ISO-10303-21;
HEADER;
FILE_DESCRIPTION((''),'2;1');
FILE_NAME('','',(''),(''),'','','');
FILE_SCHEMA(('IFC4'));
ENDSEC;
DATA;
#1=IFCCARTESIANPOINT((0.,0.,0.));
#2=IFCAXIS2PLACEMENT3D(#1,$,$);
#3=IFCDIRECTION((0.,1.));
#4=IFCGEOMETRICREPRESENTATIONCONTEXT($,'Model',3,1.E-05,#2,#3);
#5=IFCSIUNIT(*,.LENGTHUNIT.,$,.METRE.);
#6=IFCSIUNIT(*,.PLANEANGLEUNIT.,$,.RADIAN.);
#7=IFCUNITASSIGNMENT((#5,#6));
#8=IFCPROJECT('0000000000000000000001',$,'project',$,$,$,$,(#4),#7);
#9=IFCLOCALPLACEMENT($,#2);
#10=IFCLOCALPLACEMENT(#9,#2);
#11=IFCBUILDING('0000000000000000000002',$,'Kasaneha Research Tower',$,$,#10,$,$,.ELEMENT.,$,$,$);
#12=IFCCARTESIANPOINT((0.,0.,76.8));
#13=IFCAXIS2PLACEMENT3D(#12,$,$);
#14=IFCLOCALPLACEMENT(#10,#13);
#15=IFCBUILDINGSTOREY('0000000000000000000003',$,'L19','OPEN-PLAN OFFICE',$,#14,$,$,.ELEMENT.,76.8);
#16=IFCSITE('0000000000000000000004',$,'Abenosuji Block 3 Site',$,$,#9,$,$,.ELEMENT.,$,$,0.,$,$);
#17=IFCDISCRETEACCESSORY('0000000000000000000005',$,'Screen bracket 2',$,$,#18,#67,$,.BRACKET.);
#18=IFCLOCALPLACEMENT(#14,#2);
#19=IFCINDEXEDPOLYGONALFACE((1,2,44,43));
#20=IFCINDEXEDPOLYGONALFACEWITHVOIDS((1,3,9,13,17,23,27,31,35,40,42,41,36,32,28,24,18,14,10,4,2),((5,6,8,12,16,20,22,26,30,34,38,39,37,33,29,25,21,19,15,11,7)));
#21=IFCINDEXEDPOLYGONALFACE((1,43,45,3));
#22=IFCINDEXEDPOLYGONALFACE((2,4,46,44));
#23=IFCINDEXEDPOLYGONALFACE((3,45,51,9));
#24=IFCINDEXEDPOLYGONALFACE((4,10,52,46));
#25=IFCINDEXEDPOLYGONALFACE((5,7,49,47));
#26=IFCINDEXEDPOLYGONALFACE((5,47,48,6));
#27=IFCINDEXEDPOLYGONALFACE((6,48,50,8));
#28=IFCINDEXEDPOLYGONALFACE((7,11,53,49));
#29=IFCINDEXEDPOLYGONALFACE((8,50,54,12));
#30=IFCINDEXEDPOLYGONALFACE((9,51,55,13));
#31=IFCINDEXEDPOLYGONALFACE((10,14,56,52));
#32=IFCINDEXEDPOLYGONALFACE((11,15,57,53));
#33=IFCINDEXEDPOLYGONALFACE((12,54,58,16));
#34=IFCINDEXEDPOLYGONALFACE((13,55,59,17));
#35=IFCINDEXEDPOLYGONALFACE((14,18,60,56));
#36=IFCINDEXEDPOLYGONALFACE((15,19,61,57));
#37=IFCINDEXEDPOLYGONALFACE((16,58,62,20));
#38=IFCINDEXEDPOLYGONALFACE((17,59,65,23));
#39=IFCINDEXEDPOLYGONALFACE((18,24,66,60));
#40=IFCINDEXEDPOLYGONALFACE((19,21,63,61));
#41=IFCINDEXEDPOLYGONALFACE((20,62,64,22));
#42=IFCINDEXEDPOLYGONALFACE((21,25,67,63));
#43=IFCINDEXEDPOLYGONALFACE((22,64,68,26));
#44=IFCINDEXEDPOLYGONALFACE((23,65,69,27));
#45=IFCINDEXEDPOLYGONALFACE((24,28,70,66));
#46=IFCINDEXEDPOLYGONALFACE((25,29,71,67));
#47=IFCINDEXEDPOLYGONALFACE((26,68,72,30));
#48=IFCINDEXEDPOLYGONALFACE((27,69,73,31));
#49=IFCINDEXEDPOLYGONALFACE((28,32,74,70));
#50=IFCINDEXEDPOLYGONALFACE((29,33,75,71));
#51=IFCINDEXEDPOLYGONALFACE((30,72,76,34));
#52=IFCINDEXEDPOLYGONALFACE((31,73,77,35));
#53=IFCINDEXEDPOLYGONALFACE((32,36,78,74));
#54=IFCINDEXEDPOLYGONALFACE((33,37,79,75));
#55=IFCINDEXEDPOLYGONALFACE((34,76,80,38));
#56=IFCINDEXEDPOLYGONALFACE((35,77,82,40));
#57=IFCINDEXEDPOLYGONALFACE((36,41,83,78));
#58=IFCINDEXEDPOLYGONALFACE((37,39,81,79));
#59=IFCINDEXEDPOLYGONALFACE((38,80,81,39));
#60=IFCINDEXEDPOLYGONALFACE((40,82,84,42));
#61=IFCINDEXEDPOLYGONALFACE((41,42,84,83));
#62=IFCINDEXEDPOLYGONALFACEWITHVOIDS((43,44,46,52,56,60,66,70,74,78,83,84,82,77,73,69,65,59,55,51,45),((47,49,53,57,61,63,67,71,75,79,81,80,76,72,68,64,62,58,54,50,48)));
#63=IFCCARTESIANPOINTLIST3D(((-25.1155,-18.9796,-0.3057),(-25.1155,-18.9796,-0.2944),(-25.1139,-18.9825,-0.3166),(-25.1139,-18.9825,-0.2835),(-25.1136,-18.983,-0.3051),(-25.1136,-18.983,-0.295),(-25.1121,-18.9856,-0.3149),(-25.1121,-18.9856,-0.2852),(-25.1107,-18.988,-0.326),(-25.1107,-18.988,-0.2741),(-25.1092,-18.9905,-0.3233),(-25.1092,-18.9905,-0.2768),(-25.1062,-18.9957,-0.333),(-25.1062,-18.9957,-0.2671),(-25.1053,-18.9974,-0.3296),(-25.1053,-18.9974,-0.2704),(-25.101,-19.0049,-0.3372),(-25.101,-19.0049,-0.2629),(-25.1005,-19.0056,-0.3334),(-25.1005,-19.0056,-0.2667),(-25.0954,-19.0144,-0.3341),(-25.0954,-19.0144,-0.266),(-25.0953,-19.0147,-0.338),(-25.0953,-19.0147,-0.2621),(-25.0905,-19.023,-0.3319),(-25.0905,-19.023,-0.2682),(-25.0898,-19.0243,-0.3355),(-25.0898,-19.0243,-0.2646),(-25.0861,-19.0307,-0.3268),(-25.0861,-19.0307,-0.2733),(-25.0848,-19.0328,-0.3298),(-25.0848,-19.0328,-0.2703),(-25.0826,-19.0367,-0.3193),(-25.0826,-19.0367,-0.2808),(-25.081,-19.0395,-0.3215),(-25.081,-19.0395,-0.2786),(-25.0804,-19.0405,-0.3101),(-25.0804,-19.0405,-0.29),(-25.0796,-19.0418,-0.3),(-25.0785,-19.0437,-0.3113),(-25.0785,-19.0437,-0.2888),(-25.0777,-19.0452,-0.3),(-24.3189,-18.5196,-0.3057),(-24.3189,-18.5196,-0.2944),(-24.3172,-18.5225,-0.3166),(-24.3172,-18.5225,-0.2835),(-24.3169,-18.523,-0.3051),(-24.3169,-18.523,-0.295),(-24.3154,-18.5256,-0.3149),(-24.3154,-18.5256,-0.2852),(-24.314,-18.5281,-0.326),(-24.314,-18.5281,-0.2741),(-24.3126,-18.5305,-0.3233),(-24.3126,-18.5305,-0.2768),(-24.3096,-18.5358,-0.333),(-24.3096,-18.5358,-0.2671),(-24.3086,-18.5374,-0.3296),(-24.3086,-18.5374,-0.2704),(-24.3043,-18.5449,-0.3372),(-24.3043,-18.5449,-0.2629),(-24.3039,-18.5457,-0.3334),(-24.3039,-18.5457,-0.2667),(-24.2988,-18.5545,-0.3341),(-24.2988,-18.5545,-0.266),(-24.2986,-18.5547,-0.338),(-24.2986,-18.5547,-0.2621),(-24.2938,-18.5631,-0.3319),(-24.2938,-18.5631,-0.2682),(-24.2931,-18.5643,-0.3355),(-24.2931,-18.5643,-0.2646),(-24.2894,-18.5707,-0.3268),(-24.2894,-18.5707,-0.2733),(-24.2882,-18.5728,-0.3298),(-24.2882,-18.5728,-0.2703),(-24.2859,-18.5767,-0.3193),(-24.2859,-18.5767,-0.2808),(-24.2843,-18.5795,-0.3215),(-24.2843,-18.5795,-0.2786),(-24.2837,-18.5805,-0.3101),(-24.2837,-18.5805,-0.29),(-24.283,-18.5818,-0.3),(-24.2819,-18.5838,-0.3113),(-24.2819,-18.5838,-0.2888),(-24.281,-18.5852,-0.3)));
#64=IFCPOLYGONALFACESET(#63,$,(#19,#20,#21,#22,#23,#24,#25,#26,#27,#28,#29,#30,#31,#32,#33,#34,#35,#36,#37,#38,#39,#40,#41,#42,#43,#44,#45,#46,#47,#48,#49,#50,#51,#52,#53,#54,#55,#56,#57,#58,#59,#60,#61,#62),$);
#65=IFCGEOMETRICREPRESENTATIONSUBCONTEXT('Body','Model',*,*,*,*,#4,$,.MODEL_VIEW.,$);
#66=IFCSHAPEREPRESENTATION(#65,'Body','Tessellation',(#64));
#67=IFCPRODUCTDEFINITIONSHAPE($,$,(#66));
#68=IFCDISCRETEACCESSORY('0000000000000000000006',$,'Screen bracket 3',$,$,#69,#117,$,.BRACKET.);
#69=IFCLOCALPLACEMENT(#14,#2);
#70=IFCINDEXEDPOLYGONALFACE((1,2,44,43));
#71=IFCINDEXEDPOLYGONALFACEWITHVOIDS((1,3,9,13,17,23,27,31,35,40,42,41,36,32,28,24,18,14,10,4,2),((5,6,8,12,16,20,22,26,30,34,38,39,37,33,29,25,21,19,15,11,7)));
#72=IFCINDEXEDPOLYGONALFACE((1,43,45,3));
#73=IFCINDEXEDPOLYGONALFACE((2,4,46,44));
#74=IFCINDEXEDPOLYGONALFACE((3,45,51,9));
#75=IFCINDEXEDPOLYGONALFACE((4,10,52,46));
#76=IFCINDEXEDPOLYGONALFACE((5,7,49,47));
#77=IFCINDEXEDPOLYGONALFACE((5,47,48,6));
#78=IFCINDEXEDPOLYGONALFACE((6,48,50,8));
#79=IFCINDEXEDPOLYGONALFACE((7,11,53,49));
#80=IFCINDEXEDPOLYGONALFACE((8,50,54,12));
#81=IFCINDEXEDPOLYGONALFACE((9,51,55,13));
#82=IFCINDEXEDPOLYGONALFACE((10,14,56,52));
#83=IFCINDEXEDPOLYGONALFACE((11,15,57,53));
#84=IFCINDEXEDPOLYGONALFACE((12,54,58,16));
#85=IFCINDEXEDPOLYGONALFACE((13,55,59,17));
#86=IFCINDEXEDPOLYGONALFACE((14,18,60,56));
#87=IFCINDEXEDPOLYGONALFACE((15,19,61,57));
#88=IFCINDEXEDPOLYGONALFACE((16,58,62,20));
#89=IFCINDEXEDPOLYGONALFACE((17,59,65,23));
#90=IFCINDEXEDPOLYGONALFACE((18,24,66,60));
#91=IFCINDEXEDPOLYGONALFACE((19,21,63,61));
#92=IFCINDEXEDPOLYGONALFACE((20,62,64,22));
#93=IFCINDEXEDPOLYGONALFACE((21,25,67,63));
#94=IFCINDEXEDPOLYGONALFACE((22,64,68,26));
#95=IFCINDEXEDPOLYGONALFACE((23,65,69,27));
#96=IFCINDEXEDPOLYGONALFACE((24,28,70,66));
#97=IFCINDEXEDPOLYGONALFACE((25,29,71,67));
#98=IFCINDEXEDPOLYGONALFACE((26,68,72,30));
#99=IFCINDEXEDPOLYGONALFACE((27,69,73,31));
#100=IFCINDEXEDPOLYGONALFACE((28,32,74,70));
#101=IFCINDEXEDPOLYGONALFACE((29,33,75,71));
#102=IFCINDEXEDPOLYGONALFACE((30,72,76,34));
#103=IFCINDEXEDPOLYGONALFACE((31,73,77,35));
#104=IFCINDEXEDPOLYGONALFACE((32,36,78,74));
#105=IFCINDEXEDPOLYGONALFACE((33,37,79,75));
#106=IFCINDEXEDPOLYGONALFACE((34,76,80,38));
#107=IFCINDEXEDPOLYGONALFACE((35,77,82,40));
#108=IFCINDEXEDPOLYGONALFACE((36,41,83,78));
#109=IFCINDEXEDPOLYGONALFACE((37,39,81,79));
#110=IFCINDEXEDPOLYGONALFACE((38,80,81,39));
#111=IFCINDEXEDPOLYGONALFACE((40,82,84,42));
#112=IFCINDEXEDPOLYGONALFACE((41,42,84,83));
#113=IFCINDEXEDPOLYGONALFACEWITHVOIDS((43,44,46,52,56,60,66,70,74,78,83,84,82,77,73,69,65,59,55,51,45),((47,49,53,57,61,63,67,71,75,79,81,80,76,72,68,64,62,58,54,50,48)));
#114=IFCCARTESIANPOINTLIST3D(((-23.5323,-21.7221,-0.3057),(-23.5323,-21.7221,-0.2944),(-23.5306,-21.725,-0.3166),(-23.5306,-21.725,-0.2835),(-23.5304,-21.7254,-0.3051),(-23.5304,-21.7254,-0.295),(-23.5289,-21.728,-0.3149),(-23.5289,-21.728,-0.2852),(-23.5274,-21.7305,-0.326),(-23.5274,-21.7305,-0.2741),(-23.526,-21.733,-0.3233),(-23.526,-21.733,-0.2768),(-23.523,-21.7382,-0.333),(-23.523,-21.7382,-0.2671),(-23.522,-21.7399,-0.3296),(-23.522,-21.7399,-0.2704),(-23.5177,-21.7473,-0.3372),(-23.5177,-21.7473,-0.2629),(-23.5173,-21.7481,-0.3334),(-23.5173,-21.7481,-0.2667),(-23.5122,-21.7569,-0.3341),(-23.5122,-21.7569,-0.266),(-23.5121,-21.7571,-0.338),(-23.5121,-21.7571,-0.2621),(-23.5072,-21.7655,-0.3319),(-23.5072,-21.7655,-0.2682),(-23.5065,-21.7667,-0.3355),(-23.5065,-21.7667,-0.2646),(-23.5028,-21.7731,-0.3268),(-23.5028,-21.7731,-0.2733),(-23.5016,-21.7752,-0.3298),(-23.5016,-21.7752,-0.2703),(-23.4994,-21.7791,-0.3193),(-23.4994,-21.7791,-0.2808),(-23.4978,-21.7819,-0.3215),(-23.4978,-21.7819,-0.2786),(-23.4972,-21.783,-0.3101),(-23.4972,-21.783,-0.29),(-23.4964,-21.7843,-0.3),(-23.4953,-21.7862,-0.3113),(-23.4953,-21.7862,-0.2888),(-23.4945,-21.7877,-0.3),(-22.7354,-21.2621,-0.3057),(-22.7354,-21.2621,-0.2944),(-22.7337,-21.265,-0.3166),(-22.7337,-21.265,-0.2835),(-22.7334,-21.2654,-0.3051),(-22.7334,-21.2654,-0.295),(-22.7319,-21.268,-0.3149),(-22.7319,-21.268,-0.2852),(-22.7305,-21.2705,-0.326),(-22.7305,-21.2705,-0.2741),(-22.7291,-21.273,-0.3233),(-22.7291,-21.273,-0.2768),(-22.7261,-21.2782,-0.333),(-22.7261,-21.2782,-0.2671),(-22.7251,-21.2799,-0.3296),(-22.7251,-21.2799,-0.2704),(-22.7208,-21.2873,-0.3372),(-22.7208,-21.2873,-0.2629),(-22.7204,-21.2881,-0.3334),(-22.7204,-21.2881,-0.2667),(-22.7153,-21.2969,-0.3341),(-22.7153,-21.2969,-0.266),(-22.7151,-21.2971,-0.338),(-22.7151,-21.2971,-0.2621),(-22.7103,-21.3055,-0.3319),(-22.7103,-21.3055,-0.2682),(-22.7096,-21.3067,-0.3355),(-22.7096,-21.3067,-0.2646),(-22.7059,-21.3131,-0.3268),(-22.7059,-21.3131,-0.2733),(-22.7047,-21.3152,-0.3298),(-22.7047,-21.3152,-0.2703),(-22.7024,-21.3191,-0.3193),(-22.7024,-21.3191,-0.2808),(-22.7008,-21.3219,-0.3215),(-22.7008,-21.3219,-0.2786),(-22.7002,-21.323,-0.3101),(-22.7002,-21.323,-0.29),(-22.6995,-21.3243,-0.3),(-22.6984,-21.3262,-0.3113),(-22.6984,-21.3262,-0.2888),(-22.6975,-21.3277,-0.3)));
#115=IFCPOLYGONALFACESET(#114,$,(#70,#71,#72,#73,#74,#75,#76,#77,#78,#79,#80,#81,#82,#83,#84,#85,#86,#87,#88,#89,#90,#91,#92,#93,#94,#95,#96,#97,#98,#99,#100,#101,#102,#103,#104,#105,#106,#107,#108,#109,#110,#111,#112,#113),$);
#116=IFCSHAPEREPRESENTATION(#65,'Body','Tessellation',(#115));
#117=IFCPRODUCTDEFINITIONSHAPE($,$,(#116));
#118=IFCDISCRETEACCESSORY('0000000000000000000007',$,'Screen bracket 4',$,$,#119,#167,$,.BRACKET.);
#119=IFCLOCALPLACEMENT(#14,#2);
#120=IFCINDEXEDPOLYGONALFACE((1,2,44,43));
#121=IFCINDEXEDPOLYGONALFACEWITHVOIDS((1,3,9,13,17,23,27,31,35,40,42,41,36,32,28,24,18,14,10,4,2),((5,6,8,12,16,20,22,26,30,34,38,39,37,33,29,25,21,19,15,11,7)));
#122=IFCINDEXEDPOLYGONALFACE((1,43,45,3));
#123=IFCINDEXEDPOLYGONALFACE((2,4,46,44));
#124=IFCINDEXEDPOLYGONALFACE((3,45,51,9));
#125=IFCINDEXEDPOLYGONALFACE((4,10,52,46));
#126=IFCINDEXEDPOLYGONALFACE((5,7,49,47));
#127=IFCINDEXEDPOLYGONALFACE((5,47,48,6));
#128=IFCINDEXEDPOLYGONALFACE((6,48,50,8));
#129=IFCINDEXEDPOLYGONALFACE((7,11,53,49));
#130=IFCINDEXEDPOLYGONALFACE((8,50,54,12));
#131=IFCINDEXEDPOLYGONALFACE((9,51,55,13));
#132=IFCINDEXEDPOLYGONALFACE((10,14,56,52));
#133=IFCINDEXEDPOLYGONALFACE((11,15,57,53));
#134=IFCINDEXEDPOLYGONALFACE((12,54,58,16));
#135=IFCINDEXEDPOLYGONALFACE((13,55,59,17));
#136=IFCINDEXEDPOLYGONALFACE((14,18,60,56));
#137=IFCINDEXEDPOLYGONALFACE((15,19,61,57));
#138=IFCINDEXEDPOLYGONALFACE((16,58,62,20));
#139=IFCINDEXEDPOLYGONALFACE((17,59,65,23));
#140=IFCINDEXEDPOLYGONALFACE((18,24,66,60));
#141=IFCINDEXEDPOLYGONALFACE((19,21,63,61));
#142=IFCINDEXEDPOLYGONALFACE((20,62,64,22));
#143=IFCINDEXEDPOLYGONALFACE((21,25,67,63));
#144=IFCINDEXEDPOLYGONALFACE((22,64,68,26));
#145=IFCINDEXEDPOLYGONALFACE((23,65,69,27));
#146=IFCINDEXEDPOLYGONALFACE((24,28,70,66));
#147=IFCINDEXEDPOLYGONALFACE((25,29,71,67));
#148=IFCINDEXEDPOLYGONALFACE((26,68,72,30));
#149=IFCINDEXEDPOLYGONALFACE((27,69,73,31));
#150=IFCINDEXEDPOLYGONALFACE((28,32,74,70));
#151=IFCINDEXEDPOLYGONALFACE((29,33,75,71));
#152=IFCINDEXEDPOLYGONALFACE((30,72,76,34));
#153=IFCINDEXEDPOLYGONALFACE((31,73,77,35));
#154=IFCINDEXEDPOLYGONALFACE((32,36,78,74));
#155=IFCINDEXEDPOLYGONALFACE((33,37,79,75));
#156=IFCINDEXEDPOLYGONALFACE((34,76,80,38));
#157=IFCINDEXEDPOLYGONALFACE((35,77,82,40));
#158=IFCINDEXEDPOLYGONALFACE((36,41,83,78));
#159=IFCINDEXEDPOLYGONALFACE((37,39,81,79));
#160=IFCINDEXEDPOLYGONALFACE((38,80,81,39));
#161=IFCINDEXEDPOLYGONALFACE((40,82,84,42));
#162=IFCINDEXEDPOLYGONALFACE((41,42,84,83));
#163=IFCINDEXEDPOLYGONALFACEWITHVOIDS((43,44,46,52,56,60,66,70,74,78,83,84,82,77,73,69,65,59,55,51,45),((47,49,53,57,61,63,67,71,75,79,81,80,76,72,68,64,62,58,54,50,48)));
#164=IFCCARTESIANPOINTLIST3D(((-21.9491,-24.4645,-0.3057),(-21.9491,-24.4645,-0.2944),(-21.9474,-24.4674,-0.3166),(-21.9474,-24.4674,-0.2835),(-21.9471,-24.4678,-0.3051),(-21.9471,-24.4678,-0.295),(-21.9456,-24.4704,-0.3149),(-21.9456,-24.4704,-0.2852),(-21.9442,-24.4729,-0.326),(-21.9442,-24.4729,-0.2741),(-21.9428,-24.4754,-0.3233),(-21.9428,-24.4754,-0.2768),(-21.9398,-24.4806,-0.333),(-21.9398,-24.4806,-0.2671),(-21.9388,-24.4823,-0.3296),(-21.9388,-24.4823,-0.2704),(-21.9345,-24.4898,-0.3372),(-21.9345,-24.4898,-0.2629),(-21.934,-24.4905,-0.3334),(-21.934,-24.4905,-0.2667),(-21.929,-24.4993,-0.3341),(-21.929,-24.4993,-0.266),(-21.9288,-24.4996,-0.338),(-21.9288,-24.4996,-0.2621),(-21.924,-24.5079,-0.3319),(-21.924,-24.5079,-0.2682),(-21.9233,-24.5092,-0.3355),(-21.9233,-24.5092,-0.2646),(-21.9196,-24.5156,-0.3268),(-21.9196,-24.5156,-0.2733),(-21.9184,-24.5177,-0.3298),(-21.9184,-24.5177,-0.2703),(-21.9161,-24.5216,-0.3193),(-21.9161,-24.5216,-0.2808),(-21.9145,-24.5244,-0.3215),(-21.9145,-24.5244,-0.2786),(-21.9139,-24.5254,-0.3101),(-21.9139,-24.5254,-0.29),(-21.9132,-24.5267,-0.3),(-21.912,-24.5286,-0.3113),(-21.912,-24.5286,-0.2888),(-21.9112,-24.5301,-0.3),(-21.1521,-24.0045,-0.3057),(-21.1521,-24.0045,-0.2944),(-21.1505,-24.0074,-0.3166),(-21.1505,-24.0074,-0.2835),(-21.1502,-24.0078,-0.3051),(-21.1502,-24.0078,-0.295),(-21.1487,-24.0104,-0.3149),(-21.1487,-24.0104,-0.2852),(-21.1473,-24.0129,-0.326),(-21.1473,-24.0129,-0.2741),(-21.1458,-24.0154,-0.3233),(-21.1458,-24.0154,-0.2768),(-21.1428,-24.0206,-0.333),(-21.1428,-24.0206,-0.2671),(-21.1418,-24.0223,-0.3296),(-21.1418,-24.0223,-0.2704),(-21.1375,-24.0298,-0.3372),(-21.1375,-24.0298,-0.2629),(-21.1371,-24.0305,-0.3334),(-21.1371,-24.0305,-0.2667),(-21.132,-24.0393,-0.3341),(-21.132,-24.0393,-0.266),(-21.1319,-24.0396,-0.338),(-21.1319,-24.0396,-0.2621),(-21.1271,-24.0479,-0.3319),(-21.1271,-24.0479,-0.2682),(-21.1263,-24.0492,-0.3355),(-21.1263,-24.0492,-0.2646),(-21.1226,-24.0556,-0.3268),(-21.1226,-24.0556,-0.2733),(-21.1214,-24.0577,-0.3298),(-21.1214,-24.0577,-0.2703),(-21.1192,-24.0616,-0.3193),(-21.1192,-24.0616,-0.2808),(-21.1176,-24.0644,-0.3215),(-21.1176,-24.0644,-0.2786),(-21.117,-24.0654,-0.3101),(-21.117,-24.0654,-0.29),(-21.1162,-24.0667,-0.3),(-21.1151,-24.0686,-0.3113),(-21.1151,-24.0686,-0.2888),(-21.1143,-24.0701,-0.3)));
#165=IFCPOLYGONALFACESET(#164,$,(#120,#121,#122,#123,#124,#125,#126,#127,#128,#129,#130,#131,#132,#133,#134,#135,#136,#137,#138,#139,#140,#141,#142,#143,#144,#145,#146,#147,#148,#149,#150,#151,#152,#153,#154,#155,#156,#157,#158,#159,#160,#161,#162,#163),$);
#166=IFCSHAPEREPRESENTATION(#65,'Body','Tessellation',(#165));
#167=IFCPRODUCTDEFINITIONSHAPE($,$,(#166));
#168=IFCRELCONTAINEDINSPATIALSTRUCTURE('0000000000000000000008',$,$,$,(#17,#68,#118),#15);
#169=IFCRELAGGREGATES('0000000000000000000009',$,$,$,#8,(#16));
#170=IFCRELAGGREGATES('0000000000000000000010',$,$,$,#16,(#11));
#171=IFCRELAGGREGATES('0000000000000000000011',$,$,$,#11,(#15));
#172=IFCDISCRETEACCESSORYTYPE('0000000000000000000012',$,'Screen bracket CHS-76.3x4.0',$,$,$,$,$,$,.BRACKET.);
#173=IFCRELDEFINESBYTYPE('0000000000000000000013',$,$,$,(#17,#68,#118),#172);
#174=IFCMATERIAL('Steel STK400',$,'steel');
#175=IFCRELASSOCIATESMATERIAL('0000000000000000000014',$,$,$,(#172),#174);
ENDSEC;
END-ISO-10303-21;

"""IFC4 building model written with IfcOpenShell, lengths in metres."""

from ifc_helpers import new_model, si_unit, direction, frame, origin, origin_2d, place, context, subcontext, project, spatial, hollow_circle, extrude, material, material_profile, profile_set, type_object, element, save


model = new_model("IFC4")

# Units and contexts
model_context = context("Model", 3, precision=1e-05, world=origin(), true_north=direction((0.0, 1.0)))
body_context = subcontext(model_context, "Body", "Model", "MODEL_VIEW")
ifc_project = project(units=[si_unit("LENGTHUNIT", "METRE"), si_unit("PLANEANGLEUNIT", "RADIAN")], contexts=[model_context])

# Site, building, storey
site_placement = place(None, origin())
site = spatial("IfcSite", under=ifc_project, at=site_placement, Name="Abenosuji Block 3 Site", CompositionType="ELEMENT", RefElevation=0.0)
building_placement = place(site_placement, origin())
building = spatial("IfcBuilding", under=site, at=building_placement, Name="Kasaneha Research Tower", CompositionType="ELEMENT")
storey_placement = place(building_placement, frame((0.0, 0.0, 76.8)))
storey = spatial("IfcBuildingStorey", under=building, at=storey_placement, Name="L19", Description="OPEN-PLAN OFFICE", CompositionType="ELEMENT", Elevation=76.8)

# Discrete accessories
ifc_material_1 = material(Name="Steel STK400", Category="steel")
ifc_material_profile_1 = material_profile(ifc_material_1, hollow_circle(Radius=0.0381, WallThickness=0.0039, at=origin_2d()), Name="CHS-76.3x4.0")
ifc_profile_set_1 = profile_set([ifc_material_profile_1], Name="Steel STK400")
discrete_accessory_type = type_object("IfcDiscreteAccessoryType", Name="Screen bracket CHS-76.3x4.0", PredefinedType="BRACKET", material=ifc_profile_set_1)
discrete_accessory_1_placement = place(storey_placement, frame((-24.3, -18.5522, -0.3), z_axis=(-0.866013, -0.500021, 0.0), x_axis=(0.500021, -0.866013, 0.0)))
element("IfcDiscreteAccessory", 1, at=discrete_accessory_1_placement, inside=storey, type_object=discrete_accessory_type, Name="Screen bracket 2", PredefinedType="BRACKET", context=body_context, shape_type="SweptSolid", body=[
    extrude(hollow_circle(Radius=0.0381, WallThickness=0.0039, at=origin_2d()), origin(), (0.0, 0.0, 1.0), 0.9199),
])
for number, where, z_axis, x_axis, name in (
    (2, (-22.7166, -21.2947, -0.3), (-0.86608, -0.499906, 0.0), (0.499906, -0.86608, 0.0), "Screen bracket 3"),
    (3, (-21.1333, -24.0371, -0.3), (-0.86608, -0.499906, 0.0), (0.499906, -0.86608, 0.0), "Screen bracket 4"),
):
    element("IfcDiscreteAccessory", number, at=place(storey_placement, frame(where, z_axis=z_axis, x_axis=x_axis)), inside=storey, type_object=discrete_accessory_type, Name=name, PredefinedType="BRACKET", context=body_context, shape_type="SweptSolid", body=[
        extrude(hollow_circle(Radius=0.0381, WallThickness=0.0039, at=origin_2d()), origin(), (0.0, 0.0, 1.0), 0.9202),
    ])

save(model, "model.ifc")
